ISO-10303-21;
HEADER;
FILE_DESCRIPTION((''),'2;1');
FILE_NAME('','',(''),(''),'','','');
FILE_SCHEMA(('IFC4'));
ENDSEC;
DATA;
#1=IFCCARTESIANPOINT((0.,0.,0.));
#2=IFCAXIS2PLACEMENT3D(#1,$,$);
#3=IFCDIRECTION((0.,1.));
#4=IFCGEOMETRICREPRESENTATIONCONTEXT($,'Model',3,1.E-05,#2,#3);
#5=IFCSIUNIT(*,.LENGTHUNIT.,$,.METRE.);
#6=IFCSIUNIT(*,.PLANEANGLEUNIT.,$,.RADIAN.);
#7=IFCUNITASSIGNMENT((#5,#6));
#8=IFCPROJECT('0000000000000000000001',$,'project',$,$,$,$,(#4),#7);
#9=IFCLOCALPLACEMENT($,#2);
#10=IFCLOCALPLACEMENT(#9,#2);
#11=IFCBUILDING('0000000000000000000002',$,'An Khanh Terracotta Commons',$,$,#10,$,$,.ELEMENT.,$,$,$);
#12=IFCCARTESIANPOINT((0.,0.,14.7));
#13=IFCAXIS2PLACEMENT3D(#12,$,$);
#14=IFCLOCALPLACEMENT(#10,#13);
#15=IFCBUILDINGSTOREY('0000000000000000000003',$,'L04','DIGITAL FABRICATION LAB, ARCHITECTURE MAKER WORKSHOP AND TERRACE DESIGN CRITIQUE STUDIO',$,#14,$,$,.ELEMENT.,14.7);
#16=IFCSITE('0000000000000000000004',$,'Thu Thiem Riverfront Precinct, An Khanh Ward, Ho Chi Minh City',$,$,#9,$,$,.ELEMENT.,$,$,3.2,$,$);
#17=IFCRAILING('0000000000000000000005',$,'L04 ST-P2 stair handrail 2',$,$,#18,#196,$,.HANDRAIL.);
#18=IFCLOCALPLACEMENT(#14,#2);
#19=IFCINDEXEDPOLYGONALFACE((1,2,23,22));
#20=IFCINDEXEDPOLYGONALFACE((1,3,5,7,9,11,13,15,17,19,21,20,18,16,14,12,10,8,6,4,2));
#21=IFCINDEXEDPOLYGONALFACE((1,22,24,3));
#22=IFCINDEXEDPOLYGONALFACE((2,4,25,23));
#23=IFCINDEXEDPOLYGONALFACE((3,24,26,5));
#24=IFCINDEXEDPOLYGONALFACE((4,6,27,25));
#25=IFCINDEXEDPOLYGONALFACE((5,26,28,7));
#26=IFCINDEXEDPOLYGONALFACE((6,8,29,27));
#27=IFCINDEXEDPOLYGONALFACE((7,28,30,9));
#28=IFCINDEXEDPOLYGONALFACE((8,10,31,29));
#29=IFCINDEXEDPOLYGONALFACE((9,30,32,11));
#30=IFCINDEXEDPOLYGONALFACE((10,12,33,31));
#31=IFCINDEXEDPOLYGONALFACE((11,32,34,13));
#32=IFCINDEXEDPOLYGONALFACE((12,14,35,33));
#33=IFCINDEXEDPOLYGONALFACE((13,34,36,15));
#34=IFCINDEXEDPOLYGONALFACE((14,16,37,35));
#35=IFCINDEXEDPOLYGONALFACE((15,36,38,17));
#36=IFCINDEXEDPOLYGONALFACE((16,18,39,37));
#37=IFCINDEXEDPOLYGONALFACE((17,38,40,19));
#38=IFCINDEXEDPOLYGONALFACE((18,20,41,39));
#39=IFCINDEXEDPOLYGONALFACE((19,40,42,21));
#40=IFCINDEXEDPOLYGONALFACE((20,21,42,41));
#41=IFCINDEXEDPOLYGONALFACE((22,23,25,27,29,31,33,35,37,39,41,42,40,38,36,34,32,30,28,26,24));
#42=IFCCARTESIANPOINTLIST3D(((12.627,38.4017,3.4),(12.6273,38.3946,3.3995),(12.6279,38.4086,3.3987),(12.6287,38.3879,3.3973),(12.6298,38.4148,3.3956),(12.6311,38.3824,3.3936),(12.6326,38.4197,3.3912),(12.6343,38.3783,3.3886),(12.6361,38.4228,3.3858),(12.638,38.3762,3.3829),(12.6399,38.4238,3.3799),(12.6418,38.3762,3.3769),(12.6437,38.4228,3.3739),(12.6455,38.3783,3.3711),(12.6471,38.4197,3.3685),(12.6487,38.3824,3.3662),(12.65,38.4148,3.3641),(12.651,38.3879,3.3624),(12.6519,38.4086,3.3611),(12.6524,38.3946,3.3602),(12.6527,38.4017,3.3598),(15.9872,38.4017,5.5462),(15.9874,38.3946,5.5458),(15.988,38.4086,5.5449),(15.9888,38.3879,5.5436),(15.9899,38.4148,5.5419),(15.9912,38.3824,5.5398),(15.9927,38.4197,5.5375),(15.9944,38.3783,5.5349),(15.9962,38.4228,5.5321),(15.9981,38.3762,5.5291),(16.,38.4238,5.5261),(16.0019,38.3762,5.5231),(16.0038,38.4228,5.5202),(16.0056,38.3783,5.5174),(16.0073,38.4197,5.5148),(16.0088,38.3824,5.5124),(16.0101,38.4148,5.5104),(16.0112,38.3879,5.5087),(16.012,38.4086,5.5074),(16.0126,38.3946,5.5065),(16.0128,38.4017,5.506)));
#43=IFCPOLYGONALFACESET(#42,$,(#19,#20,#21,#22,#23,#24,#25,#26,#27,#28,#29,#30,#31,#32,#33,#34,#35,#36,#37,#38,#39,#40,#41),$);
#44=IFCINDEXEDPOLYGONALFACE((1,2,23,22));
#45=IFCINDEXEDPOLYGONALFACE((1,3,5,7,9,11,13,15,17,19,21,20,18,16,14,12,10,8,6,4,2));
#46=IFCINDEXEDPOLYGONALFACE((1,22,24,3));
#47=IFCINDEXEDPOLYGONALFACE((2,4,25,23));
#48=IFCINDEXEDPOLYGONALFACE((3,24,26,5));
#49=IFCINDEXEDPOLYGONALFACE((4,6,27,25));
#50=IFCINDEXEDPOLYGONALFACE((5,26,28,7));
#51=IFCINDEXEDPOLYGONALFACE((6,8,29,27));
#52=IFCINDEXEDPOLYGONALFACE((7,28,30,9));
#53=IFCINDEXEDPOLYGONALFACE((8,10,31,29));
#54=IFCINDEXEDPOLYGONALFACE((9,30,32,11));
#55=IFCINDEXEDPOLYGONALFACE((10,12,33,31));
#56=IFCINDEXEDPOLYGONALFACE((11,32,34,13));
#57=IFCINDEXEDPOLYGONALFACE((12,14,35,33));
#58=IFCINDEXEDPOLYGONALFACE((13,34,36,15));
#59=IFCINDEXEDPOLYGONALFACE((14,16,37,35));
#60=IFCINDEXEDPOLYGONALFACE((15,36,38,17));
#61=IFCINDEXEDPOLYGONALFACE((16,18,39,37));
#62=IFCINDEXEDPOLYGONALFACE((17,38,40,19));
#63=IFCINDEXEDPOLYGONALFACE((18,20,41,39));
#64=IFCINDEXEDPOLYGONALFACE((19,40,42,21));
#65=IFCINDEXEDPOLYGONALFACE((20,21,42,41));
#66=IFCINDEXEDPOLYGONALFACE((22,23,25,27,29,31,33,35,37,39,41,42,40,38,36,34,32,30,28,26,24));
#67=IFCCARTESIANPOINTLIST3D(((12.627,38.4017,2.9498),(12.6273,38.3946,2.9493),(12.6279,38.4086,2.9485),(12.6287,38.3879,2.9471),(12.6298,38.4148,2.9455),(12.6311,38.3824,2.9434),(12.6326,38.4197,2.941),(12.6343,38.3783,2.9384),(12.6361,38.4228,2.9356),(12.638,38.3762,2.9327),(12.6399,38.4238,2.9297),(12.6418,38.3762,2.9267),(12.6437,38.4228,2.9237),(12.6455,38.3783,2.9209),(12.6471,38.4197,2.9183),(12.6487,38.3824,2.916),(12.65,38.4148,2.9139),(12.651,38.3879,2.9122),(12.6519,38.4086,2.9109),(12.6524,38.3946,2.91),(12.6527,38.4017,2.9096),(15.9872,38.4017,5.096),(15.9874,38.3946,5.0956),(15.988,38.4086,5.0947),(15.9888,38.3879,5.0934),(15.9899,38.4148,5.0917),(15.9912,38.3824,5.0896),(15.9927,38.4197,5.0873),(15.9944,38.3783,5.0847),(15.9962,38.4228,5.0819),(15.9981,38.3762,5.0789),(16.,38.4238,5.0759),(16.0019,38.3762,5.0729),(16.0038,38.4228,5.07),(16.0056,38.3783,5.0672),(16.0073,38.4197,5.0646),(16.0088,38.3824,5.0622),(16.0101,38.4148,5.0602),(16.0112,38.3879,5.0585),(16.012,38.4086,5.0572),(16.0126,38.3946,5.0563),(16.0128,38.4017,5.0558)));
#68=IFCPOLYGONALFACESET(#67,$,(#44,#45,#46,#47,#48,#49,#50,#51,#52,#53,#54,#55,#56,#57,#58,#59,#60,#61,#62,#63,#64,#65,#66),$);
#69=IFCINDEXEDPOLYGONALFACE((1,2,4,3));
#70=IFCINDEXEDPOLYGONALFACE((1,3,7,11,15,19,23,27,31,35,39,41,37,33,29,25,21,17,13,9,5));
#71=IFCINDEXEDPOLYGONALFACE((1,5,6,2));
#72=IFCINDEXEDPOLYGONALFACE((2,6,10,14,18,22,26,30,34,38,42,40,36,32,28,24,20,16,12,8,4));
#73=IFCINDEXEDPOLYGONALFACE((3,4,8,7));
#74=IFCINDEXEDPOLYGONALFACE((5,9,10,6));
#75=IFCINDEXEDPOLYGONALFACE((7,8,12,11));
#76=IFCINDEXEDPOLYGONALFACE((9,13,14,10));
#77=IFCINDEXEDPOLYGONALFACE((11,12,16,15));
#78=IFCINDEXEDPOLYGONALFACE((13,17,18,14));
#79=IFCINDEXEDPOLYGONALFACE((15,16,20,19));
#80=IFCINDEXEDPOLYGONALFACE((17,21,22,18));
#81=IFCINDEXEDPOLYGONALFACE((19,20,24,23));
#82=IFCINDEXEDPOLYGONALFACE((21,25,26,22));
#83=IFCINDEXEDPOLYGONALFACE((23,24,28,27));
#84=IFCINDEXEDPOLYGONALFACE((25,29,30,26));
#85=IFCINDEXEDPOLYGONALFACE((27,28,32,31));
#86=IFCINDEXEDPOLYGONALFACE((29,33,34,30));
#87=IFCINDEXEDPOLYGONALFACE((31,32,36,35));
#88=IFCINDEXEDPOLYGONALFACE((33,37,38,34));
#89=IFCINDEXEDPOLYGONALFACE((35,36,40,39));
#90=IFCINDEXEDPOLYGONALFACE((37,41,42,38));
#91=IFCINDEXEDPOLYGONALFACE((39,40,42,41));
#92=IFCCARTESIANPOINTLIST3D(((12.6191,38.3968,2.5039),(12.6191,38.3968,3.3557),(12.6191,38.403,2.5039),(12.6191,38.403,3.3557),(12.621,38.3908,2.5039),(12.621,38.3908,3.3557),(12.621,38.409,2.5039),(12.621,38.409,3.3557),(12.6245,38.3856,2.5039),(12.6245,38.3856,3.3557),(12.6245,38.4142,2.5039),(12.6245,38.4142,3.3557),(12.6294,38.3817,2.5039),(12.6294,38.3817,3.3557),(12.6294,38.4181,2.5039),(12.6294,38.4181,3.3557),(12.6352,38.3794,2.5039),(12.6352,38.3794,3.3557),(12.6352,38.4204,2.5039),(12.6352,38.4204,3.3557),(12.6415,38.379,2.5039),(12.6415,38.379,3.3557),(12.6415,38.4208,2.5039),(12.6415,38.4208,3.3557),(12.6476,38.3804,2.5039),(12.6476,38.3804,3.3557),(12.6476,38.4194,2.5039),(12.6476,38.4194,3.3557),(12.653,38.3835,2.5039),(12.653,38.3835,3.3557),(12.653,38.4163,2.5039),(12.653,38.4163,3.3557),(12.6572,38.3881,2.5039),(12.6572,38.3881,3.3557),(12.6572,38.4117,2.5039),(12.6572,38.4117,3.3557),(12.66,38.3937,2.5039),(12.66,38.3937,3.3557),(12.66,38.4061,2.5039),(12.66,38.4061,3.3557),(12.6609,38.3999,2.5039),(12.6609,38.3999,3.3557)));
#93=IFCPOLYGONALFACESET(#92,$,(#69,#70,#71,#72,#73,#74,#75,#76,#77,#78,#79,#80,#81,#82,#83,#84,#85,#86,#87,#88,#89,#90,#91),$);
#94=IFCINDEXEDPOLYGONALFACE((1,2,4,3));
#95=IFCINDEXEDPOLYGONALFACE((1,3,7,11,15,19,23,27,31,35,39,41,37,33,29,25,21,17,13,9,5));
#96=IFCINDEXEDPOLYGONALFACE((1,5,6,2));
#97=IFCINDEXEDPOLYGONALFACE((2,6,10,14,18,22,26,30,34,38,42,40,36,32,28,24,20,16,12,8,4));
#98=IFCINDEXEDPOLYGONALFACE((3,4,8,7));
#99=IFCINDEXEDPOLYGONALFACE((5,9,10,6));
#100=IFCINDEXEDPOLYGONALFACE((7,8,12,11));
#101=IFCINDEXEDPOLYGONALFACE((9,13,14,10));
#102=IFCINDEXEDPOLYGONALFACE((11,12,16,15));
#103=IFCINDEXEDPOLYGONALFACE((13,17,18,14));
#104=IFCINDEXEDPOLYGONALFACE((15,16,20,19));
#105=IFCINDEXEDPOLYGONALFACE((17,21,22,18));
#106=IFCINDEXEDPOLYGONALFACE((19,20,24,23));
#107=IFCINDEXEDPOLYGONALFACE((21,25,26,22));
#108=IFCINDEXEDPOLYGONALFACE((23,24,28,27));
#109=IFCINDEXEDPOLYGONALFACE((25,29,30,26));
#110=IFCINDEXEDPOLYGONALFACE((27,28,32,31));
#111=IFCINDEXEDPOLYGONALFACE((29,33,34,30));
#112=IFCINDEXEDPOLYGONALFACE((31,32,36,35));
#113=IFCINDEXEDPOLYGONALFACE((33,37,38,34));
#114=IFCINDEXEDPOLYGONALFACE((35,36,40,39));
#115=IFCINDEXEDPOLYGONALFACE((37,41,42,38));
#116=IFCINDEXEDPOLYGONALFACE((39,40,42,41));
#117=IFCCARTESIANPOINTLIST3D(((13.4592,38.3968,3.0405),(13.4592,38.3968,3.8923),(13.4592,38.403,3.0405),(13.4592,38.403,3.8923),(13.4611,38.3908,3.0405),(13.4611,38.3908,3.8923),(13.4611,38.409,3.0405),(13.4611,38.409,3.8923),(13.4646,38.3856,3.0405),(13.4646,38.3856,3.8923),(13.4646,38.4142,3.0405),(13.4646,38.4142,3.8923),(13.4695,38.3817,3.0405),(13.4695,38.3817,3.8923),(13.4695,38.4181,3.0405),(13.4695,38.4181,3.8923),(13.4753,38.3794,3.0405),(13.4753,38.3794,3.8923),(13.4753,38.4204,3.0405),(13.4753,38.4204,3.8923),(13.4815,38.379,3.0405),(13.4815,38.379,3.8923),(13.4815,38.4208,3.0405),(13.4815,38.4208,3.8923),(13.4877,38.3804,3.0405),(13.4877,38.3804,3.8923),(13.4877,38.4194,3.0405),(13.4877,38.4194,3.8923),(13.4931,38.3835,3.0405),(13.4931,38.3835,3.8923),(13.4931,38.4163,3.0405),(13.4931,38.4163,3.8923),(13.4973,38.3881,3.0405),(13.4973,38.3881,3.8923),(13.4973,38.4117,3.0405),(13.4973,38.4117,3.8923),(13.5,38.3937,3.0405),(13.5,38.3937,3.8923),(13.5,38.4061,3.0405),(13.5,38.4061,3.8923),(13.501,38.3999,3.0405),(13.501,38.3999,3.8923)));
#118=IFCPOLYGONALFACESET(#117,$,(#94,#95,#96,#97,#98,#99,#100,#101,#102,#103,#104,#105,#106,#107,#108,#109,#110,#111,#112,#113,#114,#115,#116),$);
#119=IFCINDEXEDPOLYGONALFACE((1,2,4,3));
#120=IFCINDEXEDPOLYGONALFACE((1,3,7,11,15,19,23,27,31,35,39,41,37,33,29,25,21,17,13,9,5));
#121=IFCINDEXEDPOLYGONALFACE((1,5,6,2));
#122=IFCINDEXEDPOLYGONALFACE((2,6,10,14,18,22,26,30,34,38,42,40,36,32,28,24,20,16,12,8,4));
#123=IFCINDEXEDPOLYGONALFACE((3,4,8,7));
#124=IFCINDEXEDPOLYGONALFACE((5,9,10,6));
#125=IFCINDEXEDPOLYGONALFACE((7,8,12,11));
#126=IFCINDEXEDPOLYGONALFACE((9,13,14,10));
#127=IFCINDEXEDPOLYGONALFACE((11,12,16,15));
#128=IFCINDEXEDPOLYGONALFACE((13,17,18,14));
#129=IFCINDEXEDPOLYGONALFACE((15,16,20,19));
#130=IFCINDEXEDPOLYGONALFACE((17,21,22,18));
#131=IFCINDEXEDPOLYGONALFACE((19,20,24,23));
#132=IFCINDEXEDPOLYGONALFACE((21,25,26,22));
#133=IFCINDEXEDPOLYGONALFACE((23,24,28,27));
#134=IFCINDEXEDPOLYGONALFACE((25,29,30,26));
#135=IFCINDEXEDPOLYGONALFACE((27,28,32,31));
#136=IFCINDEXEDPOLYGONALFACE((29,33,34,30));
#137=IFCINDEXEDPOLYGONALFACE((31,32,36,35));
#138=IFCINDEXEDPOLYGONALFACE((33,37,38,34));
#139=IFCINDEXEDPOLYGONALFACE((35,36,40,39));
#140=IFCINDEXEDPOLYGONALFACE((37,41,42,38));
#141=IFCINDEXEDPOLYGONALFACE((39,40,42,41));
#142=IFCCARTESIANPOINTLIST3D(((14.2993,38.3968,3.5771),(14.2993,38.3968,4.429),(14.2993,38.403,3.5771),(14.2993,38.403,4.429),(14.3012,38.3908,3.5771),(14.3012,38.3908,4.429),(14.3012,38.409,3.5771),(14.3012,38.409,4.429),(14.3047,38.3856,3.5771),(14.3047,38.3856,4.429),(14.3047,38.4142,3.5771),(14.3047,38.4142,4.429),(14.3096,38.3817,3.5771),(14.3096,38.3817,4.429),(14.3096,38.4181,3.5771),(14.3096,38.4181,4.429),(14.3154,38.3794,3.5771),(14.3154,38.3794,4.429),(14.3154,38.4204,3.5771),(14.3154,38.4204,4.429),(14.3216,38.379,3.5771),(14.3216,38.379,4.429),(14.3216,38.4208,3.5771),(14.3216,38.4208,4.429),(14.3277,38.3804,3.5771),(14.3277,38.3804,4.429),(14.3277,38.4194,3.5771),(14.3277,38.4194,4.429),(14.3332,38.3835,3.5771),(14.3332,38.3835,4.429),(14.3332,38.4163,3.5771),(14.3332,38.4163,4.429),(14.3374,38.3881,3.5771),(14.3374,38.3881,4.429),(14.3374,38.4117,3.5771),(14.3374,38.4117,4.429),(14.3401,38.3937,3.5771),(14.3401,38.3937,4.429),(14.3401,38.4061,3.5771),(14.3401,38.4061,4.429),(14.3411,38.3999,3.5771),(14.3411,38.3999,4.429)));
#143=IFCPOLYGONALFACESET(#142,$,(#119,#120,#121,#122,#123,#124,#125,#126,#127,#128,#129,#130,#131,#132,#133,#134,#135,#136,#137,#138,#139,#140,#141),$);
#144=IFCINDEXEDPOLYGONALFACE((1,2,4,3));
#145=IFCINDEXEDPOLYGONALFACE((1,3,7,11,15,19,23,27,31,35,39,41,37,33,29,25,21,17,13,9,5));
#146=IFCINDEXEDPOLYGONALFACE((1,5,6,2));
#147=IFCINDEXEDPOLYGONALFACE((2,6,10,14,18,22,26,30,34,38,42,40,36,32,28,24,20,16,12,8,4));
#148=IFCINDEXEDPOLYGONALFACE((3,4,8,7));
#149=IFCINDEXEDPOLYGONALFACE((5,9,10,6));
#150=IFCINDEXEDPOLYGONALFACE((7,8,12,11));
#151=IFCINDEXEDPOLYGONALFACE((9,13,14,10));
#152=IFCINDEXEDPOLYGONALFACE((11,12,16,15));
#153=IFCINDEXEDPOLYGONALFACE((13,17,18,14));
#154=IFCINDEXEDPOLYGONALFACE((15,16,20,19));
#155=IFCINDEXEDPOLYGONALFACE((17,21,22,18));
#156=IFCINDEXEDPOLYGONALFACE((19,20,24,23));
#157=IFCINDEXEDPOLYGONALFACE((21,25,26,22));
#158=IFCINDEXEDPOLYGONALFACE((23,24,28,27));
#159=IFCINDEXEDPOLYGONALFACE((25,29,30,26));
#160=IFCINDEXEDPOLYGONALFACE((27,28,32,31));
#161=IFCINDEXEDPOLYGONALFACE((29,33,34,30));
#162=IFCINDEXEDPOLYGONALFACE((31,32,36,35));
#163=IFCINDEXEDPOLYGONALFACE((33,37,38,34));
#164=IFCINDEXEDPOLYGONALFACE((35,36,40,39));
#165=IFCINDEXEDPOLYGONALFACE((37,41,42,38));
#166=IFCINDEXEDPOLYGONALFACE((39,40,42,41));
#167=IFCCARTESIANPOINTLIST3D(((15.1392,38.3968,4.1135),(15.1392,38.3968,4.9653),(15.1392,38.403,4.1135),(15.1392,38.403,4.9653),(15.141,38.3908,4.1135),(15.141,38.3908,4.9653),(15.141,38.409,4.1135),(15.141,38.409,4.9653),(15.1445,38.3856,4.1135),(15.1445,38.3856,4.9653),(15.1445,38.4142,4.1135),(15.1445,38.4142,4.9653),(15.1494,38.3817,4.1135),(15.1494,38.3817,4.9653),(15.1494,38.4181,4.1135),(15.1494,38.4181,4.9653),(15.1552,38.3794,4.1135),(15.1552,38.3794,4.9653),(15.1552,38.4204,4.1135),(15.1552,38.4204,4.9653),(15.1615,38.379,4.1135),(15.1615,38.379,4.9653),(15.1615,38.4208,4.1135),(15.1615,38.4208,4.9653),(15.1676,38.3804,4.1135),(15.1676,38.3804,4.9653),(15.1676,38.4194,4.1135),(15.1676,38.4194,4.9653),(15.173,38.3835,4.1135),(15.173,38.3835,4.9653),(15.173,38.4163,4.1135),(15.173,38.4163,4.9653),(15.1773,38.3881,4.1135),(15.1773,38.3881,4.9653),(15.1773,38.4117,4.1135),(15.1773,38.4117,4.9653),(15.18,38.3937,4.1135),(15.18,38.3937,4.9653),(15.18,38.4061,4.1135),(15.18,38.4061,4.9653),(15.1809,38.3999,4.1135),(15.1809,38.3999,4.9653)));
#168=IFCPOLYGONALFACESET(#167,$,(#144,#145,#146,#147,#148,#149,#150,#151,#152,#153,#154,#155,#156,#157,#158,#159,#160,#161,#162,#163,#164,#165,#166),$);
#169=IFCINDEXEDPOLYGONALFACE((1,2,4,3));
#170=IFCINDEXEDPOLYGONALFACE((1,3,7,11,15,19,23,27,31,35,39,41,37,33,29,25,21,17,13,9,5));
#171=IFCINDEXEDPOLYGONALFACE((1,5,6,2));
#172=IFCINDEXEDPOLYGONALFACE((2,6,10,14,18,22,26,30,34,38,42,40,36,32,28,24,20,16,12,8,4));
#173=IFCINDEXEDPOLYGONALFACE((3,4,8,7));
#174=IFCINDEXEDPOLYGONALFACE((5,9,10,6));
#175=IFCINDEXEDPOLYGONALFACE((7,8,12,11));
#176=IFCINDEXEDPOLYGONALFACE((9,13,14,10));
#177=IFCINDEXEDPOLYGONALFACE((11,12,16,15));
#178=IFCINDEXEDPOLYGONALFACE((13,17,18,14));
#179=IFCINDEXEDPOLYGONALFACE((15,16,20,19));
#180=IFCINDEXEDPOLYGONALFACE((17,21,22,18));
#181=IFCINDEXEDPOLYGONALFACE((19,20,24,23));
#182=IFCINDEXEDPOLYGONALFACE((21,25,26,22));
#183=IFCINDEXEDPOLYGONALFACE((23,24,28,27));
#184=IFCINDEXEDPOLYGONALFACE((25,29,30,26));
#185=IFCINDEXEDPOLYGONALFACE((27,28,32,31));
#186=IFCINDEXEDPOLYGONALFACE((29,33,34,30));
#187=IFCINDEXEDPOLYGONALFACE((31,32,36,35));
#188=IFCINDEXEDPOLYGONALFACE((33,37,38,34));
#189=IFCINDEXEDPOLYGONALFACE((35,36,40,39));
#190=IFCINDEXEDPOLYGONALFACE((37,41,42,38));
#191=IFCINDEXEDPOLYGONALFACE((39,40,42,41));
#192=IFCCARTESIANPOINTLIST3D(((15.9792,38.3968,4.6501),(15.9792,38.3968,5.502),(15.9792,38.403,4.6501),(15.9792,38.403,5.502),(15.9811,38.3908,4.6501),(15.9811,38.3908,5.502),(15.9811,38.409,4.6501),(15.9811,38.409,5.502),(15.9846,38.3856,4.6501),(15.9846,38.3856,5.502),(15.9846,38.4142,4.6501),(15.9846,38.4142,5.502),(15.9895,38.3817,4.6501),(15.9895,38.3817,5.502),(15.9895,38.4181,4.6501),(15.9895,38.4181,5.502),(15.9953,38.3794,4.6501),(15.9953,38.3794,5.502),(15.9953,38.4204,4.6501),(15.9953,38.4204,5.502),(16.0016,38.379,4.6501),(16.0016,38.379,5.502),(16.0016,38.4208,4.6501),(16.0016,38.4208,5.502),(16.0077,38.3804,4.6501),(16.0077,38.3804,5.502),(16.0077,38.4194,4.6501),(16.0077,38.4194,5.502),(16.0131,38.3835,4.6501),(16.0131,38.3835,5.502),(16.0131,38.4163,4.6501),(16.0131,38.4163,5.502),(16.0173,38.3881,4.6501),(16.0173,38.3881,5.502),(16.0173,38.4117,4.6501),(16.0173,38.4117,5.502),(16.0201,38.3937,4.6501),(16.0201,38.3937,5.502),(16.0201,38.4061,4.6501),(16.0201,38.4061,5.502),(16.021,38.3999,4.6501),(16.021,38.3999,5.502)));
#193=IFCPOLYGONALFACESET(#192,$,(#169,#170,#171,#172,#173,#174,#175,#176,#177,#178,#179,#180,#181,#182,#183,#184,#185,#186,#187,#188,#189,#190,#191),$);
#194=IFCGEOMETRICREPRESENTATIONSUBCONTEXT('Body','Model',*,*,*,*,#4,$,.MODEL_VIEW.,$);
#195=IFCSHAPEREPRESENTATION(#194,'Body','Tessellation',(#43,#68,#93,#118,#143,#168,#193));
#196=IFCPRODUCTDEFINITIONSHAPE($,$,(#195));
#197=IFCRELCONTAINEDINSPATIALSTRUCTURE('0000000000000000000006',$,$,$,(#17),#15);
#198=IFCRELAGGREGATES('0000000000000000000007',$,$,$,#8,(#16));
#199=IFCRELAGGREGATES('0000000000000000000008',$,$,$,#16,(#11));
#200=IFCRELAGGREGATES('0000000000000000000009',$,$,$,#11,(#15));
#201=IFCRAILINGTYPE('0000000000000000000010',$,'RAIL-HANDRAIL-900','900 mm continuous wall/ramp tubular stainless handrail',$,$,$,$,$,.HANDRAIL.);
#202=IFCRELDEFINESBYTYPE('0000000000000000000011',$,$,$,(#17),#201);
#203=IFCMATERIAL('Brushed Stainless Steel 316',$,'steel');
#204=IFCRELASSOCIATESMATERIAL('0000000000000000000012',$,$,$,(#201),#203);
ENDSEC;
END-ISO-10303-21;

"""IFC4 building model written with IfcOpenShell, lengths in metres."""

from ifc_helpers import new_model, si_unit, direction, frame, origin, origin_2d, place, context, subcontext, project, spatial, circle, extrude, material, type_object, element, save


model = new_model("IFC4")

# Units and contexts
model_context = context("Model", 3, precision=1e-05, world=origin(), true_north=direction((0.0, 1.0)))
body_context = subcontext(model_context, "Body", "Model", "MODEL_VIEW")
ifc_project = project(units=[si_unit("LENGTHUNIT", "METRE"), si_unit("PLANEANGLEUNIT", "RADIAN")], contexts=[model_context])

# Site, building, storey
site_placement = place(None, origin())
site = spatial("IfcSite", under=ifc_project, at=site_placement, Name="Thu Thiem Riverfront Precinct, An Khanh Ward, Ho Chi Minh City", CompositionType="ELEMENT", RefElevation=3.2)
building_placement = place(site_placement, origin())
building = spatial("IfcBuilding", under=site, at=building_placement, Name="An Khanh Terracotta Commons", CompositionType="ELEMENT")
storey_placement = place(building_placement, frame((0.0, 0.0, 14.7)))
storey = spatial("IfcBuildingStorey", under=building, at=storey_placement, Name="L04", Description="DIGITAL FABRICATION LAB, ARCHITECTURE MAKER WORKSHOP AND TERRACE DESIGN CRITIQUE STUDIO", CompositionType="ELEMENT", Elevation=14.7)

# Railing
ifc_material_1 = material(Name="Brushed Stainless Steel 316", Category="steel")
railing_type_1 = type_object("IfcRailingType", Name="RAIL-HANDRAIL-900", Description="900 mm continuous wall/ramp tubular stainless handrail", PredefinedType="HANDRAIL", material=ifc_material_1)
railing_1_placement = place(storey_placement, frame((12.6399, 38.3999, 2.5039)))
element("IfcRailing", 1, at=railing_1_placement, inside=storey, type_object=railing_type_1, Name="L04 ST-P2 stair handrail 2", PredefinedType="HANDRAIL", context=body_context, shape_type="SweptSolid", body=[
    extrude(circle(Radius=0.0239, at=origin_2d()), frame((0.0, 0.0, 0.876), z_axis=(0.842753, 0.0, 0.538301), x_axis=(0.0, 1.0, 0.0)), (0.0, 0.0, 1.0), 3.9871),
    extrude(circle(Radius=0.0239, at=origin_2d()), frame((0.0, 0.0, 0.4258), z_axis=(0.842753, 0.0, 0.538301), x_axis=(0.0, 1.0, 0.0)), (0.0, 0.0, 1.0), 3.9871),
    extrude(circle(Radius=0.021, at=origin_2d()), origin(), (0.0, 0.0, 1.0), 0.8518),
    extrude(circle(Radius=0.021, at=origin_2d()), frame((0.8401, 0.0, 0.5366)), (0.0, 0.0, 1.0), 0.8518),
    extrude(circle(Radius=0.021, at=origin_2d()), frame((1.6802, 0.0, 1.0732)), (0.0, 0.0, 1.0), 0.8518),
    extrude(circle(Radius=0.021, at=origin_2d()), frame((2.52, 0.0, 1.6096)), (0.0, 0.0, 1.0), 0.8518),
    extrude(circle(Radius=0.021, at=origin_2d()), frame((3.3601, 0.0, 2.1462)), (0.0, 0.0, 1.0), 0.8518),
])

save(model, "model.ifc")
